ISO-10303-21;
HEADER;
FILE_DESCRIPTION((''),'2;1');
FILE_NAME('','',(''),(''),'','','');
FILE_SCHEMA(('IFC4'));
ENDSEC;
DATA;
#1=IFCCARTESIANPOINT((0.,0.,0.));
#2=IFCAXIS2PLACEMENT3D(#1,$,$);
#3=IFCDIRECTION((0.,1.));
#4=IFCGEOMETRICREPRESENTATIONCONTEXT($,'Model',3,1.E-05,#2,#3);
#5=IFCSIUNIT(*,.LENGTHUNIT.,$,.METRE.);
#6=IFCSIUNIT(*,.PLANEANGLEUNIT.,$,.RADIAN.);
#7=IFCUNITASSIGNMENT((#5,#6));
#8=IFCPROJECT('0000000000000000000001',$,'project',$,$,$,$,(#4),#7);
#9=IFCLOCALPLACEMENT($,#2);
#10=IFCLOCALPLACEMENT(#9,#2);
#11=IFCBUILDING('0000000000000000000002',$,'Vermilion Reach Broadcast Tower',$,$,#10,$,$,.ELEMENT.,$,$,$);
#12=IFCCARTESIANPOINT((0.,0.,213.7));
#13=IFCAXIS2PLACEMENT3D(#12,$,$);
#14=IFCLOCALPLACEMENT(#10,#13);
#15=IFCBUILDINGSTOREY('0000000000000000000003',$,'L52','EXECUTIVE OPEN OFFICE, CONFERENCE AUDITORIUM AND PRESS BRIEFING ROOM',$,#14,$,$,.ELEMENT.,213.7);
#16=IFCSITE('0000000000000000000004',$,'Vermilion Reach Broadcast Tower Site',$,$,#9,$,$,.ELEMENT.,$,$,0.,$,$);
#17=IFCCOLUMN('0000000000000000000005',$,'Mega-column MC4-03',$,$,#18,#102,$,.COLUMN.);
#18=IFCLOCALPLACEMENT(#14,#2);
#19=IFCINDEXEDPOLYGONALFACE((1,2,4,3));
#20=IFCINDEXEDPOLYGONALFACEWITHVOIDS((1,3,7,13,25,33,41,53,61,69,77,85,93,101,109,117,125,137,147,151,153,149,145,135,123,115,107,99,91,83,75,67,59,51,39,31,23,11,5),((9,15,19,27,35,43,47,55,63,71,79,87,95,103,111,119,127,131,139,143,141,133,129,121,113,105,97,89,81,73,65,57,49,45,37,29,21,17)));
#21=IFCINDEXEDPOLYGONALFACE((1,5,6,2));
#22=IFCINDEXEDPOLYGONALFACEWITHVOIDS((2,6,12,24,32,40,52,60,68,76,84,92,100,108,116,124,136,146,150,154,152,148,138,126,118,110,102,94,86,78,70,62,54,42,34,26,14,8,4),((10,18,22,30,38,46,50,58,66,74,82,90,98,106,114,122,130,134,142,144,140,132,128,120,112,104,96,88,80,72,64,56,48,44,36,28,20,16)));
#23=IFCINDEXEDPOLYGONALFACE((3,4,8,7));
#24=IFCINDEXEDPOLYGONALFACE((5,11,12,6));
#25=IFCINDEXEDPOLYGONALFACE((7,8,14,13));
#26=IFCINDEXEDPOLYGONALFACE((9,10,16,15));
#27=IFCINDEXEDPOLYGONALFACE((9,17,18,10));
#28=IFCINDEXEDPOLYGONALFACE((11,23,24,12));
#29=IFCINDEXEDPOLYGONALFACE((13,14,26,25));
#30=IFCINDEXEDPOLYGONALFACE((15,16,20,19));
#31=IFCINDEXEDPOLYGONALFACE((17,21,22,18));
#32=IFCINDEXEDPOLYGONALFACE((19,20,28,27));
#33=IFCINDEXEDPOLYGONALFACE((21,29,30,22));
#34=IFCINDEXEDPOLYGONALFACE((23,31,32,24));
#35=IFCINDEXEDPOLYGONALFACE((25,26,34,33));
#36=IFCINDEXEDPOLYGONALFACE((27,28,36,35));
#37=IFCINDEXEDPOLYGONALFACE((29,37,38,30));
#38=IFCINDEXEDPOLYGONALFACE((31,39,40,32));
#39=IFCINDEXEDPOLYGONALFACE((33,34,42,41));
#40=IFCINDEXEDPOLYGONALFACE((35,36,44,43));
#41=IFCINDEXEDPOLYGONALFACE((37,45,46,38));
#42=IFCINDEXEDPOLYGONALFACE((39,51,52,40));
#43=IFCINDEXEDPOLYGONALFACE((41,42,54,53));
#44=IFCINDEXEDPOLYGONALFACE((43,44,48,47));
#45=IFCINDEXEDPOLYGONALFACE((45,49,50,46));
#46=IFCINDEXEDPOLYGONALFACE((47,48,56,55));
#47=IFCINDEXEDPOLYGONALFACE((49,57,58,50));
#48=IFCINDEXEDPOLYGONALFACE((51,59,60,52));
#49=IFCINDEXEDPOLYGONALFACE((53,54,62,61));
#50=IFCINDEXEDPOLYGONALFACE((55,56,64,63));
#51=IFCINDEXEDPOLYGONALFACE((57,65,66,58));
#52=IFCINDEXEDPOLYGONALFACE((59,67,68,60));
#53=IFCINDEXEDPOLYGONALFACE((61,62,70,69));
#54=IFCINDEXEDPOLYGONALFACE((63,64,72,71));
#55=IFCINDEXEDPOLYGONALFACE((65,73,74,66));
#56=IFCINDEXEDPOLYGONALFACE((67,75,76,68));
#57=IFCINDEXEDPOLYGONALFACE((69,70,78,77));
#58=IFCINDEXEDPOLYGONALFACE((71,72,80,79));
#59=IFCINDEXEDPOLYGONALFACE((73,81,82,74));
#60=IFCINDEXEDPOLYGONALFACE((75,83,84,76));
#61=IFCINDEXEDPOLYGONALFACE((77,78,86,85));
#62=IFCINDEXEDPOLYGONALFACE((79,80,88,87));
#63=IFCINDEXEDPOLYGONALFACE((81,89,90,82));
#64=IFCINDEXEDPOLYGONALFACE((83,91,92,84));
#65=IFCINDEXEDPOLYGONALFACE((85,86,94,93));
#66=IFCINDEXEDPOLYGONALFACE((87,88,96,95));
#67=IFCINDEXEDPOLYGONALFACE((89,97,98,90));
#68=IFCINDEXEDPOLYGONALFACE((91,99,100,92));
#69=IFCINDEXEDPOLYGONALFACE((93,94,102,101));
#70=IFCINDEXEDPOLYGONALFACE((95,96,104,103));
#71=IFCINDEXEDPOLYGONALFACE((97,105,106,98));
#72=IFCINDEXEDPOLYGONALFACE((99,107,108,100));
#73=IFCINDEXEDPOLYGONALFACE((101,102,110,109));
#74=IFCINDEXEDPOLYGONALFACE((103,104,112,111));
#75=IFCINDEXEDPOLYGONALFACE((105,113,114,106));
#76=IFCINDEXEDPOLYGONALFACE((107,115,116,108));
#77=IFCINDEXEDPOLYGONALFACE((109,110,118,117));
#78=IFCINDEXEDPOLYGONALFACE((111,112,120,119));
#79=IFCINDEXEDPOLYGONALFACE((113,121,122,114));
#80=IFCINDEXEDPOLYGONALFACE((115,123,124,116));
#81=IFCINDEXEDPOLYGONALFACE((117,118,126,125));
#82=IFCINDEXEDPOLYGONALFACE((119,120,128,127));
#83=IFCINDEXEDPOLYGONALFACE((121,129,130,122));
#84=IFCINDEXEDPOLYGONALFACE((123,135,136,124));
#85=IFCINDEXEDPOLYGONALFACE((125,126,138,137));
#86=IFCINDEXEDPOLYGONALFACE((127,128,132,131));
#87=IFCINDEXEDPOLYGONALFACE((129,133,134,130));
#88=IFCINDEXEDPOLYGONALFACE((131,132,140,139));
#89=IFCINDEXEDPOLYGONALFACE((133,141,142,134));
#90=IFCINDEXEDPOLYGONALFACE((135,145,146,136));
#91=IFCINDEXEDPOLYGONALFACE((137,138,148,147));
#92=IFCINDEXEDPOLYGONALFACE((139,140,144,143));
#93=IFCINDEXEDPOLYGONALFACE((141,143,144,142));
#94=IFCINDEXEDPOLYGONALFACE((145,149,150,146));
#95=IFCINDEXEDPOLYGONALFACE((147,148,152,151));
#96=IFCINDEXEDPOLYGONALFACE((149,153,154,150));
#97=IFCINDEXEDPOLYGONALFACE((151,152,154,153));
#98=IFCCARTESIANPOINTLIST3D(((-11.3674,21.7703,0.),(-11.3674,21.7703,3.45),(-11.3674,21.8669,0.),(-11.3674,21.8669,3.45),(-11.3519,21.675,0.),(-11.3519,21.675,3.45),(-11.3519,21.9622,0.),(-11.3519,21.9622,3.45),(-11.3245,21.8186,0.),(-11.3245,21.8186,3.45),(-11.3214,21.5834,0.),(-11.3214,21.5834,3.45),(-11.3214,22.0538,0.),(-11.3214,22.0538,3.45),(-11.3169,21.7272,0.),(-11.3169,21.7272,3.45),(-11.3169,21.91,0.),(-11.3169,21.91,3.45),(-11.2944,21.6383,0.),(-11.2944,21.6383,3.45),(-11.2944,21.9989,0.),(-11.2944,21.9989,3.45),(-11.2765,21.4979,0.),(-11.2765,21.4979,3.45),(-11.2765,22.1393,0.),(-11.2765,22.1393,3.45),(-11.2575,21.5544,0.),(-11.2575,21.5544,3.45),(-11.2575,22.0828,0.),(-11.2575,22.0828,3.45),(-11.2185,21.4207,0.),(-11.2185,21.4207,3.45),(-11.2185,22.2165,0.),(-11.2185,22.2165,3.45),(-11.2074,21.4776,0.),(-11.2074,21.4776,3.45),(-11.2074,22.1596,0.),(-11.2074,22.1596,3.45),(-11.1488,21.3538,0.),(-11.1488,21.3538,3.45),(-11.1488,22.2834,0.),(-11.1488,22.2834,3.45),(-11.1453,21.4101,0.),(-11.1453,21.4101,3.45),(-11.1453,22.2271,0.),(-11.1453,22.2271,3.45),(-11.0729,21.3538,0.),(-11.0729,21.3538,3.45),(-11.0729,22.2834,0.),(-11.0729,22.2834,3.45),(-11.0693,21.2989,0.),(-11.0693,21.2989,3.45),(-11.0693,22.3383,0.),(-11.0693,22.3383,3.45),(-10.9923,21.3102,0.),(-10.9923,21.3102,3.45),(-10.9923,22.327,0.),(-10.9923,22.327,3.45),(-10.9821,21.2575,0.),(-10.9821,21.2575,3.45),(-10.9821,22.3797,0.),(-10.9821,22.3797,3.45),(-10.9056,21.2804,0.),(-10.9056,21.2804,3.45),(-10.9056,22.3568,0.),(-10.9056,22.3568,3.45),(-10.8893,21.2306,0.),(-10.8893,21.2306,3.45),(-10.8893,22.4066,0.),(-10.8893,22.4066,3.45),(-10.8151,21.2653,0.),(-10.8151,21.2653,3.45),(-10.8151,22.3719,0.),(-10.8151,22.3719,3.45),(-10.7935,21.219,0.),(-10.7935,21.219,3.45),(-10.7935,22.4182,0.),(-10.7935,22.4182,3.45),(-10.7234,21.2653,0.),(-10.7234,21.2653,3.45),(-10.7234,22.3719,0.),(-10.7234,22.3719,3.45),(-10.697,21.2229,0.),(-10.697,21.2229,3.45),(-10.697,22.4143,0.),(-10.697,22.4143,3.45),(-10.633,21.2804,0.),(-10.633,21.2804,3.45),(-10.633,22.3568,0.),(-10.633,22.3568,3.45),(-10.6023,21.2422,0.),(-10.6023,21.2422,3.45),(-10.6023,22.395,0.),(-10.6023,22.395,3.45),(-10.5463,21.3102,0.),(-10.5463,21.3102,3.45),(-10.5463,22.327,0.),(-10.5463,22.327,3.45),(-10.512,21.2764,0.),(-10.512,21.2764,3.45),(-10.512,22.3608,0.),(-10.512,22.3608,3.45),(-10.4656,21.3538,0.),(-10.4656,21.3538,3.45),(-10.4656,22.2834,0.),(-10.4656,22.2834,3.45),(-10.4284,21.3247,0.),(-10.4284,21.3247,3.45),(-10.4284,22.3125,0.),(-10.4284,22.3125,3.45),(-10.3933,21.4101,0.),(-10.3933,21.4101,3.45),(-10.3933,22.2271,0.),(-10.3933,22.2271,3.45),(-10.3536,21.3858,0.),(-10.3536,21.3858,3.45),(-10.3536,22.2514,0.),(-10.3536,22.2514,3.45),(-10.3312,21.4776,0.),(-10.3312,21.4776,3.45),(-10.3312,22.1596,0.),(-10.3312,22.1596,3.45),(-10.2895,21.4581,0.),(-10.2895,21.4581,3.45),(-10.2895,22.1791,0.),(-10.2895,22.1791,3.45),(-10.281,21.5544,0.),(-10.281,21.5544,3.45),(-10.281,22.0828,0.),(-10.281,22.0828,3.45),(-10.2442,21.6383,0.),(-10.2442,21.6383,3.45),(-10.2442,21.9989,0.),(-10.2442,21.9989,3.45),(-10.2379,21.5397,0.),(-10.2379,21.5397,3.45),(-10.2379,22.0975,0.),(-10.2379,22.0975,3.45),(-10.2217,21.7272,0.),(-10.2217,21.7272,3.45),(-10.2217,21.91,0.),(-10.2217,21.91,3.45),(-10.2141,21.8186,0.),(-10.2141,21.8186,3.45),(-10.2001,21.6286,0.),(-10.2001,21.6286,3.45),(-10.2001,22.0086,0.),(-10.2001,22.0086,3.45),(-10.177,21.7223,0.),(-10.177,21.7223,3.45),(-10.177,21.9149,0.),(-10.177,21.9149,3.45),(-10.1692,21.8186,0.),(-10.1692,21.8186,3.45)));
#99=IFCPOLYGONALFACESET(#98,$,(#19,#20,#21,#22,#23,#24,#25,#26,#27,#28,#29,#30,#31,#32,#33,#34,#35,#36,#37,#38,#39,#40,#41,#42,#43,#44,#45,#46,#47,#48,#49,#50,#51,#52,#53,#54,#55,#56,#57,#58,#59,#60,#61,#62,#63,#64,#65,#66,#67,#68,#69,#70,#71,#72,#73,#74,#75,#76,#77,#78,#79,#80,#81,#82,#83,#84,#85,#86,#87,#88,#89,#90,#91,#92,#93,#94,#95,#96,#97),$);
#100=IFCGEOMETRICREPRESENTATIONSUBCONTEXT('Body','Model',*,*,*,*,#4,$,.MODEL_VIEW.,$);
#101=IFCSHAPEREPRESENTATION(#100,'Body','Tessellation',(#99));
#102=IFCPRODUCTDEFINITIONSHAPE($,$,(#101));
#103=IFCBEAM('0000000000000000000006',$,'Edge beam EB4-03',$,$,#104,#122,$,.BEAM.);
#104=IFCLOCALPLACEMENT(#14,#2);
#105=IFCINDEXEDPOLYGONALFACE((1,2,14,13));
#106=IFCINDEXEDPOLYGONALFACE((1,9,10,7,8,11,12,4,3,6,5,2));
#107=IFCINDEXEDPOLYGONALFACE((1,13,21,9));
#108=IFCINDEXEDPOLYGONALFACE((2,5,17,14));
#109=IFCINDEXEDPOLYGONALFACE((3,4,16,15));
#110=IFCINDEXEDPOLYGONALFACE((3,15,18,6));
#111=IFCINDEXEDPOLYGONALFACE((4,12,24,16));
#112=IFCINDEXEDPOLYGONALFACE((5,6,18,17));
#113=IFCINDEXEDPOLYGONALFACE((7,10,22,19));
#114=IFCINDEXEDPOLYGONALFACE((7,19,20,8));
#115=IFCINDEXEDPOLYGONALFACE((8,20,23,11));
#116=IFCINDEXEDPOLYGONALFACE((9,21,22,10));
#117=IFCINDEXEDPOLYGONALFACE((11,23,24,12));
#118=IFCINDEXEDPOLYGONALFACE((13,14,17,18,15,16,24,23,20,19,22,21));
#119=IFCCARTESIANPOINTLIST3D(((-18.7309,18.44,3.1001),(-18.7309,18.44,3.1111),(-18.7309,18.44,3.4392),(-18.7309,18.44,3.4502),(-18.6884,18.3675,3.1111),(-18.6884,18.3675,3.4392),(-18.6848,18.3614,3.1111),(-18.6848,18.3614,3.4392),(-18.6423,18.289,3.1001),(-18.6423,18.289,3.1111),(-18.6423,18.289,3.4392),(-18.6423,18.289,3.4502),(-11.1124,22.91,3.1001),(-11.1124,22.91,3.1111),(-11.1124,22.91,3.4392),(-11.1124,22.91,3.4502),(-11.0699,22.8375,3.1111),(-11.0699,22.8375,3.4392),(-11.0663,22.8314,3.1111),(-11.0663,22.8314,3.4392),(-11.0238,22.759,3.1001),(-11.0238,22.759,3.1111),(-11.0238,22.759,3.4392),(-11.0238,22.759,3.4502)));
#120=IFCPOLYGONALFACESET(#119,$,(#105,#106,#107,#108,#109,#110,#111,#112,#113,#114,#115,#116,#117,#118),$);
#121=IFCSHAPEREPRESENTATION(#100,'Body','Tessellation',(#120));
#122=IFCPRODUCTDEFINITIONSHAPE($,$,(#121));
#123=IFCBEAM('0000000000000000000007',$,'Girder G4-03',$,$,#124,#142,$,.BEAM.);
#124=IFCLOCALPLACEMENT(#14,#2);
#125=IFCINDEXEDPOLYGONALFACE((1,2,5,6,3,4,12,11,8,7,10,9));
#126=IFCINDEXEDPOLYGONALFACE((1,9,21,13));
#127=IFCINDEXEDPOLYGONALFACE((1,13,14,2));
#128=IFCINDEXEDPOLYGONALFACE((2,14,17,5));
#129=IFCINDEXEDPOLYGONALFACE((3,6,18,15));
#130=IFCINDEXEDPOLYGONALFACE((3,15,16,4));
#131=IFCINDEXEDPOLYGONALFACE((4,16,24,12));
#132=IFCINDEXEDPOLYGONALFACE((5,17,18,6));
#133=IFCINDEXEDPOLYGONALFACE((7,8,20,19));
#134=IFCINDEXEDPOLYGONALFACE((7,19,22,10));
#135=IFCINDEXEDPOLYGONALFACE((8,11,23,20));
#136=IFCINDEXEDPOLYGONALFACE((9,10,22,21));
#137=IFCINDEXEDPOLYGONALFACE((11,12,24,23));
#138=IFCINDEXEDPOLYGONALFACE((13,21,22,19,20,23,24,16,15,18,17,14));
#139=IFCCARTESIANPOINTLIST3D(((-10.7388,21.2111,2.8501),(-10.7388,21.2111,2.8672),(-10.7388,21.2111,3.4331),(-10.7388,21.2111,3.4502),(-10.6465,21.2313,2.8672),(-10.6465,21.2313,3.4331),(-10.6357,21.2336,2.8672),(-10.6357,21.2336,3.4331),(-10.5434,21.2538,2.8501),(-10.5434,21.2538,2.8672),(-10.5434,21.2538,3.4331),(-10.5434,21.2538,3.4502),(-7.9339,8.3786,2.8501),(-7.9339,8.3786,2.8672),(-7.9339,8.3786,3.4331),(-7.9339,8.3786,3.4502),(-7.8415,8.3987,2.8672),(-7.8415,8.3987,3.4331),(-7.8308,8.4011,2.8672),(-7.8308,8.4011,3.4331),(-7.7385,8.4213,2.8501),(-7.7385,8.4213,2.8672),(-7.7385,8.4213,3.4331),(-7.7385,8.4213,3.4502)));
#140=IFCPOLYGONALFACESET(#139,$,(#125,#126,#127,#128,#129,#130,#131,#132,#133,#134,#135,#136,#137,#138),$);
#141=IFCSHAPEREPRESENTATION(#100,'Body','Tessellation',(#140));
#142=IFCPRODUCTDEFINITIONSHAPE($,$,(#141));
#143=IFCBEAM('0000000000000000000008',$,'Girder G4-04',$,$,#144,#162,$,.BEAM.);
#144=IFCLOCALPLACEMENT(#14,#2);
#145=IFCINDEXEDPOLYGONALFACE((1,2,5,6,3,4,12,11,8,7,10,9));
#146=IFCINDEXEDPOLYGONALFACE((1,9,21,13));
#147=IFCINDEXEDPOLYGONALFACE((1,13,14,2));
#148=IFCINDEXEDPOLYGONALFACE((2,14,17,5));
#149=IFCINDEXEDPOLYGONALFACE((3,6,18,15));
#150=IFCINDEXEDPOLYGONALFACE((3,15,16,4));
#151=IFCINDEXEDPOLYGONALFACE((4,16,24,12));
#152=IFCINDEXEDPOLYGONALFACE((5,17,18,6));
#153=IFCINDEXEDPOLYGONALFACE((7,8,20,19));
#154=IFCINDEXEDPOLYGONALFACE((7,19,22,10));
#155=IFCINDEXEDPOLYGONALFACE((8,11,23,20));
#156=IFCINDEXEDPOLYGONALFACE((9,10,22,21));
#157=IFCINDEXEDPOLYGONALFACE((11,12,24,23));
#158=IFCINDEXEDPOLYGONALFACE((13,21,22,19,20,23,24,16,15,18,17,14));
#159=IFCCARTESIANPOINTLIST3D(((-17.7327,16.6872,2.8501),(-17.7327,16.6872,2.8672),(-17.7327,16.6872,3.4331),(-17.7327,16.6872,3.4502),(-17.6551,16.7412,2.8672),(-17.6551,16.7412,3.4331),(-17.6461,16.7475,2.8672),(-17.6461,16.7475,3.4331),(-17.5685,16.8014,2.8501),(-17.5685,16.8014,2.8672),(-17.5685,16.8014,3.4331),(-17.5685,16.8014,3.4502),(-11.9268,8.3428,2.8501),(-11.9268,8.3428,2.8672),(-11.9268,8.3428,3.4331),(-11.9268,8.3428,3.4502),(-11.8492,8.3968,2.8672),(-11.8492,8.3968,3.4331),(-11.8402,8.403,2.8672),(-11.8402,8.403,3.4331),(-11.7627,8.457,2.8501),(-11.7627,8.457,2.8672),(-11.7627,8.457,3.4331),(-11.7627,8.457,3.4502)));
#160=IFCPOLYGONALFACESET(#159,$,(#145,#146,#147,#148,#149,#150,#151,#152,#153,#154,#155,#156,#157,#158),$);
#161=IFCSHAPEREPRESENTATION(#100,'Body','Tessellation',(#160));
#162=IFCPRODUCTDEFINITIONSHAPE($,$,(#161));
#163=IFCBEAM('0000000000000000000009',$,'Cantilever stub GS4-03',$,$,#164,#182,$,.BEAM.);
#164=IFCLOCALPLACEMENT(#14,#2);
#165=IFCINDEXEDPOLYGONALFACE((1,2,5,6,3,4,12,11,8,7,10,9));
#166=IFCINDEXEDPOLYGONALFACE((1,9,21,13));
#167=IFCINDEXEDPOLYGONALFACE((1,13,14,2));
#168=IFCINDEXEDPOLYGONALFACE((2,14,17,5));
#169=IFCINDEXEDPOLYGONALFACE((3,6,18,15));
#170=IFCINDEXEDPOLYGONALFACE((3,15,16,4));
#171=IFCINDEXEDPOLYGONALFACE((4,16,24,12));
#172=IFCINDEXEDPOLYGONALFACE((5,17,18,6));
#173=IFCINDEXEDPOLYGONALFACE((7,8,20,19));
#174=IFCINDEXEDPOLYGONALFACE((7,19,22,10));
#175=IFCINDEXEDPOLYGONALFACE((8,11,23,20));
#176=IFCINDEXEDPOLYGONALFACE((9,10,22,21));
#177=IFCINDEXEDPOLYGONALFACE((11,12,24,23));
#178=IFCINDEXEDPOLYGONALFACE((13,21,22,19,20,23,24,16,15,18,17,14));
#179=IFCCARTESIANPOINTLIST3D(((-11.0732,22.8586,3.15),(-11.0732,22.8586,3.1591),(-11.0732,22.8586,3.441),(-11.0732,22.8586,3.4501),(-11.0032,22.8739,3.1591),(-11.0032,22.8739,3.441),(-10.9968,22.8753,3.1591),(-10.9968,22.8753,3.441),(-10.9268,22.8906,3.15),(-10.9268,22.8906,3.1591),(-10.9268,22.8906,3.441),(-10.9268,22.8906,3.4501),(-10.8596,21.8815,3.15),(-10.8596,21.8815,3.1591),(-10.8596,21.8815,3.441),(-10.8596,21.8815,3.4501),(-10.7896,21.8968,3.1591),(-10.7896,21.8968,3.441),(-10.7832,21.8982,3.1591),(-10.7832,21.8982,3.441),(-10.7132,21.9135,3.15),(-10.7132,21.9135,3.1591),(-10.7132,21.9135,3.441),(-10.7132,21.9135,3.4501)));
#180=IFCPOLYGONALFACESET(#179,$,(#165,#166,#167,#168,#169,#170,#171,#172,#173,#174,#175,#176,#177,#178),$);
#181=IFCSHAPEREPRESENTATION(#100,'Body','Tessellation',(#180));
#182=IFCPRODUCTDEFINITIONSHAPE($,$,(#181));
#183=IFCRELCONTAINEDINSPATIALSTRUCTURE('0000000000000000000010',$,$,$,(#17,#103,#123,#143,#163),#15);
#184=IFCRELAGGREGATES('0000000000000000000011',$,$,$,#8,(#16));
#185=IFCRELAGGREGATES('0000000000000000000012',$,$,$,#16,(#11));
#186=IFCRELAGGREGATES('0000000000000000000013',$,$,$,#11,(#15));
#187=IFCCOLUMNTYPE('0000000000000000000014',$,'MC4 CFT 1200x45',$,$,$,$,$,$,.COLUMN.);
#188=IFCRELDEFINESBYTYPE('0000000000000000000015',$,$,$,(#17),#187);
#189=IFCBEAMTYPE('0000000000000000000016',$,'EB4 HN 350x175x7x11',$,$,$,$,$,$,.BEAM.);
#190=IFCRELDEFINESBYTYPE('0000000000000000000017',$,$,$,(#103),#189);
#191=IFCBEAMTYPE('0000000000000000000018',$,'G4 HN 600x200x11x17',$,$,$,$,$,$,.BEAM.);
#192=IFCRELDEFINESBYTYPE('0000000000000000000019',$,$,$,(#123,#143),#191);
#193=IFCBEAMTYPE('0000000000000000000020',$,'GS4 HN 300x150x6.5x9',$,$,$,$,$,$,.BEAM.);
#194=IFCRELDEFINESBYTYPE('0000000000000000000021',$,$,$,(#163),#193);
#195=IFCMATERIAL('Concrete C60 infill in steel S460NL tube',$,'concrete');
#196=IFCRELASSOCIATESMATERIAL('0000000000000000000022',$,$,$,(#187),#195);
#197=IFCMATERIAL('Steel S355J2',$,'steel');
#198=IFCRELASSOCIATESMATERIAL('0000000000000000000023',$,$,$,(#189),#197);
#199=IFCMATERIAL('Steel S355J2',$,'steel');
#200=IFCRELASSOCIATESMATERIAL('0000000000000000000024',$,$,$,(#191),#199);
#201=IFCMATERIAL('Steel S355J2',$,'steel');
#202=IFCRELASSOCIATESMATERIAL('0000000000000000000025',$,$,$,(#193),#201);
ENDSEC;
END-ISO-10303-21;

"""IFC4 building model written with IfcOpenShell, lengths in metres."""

from ifc_helpers import new_model, si_unit, direction, frame, origin, origin_2d, place, context, subcontext, project, spatial, hollow_circle, i_section, extrude, material, material_profile, profile_set, type_object, element, save


model = new_model("IFC4")

# Units and contexts
model_context = context("Model", 3, precision=1e-05, world=origin(), true_north=direction((0.0, 1.0)))
body_context = subcontext(model_context, "Body", "Model", "MODEL_VIEW")
ifc_project = project(units=[si_unit("LENGTHUNIT", "METRE"), si_unit("PLANEANGLEUNIT", "RADIAN")], contexts=[model_context])

# Site, building, storey
site_placement = place(None, origin())
site = spatial("IfcSite", under=ifc_project, at=site_placement, Name="Vermilion Reach Broadcast Tower Site", CompositionType="ELEMENT", RefElevation=0.0)
building_placement = place(site_placement, origin())
building = spatial("IfcBuilding", under=site, at=building_placement, Name="Vermilion Reach Broadcast Tower", CompositionType="ELEMENT")
storey_placement = place(building_placement, frame((0.0, 0.0, 213.7)))
storey = spatial("IfcBuildingStorey", under=building, at=storey_placement, Name="L52", Description="EXECUTIVE OPEN OFFICE, CONFERENCE AUDITORIUM AND PRESS BRIEFING ROOM", CompositionType="ELEMENT", Elevation=213.7)

# Column
ifc_material_1 = material(Name="Concrete C60 infill in steel S460NL tube", Category="concrete")
ifc_material_profile_1 = material_profile(ifc_material_1, hollow_circle(Radius=0.6001, WallThickness=0.0449, at=origin_2d()), Name="Concrete C60 infill in steel S460NL tube CFT 1200x45")
ifc_profile_set_1 = profile_set([ifc_material_profile_1], Name="Concrete C60 infill in steel S460NL tube")
column_type = type_object("IfcColumnType", Name="MC4 CFT 1200x45", PredefinedType="COLUMN", material=ifc_profile_set_1)
column_placement = place(storey_placement, frame((-10.7693, 21.8186, 0.0), z_axis=(0.0, 0.0, 1.0), x_axis=(1.0, 0.0, 0.0)))
element("IfcColumn", 1, at=column_placement, inside=storey, type_object=column_type, Name="Mega-column MC4-03", PredefinedType="COLUMN", context=body_context, shape_type="SweptSolid", body=[
    extrude(hollow_circle(Radius=0.6001, WallThickness=0.0449, at=origin_2d()), origin(), (0.0, 0.0, 1.0), 3.45),
])

# Beams
ifc_material_2 = material(Name="Steel S355J2", Category="steel")
ifc_material_profile_2 = material_profile(ifc_material_2, i_section(OverallWidth=0.175, OverallDepth=0.3501, WebThickness=0.0071, FlangeThickness=0.011, at=origin_2d()), Name="S355J2 HN 350x175x7x11")
ifc_profile_set_2 = profile_set([ifc_material_profile_2], Name="Steel S355J2")
beam_type_1 = type_object("IfcBeamType", Name="EB4 HN 350x175x7x11", PredefinedType="BEAM", material=ifc_profile_set_2)
beam_1_placement = place(storey_placement, frame((-11.0681, 22.8345, 3.2751), z_axis=(-0.8625, -0.506057, 0.0), x_axis=(0.506057, -0.8625, 0.0)))
element("IfcBeam", 2, at=beam_1_placement, inside=storey, type_object=beam_type_1, Name="Edge beam EB4-03", PredefinedType="BEAM", context=body_context, shape_type="SweptSolid", body=[
    extrude(i_section(OverallWidth=0.175, OverallDepth=0.3501, WebThickness=0.0071, FlangeThickness=0.011, at=origin_2d()), origin(), (0.0, 0.0, 1.0), 8.833),
])
ifc_material_3 = material(Name="Steel S355J2", Category="steel")
ifc_material_profile_3 = material_profile(ifc_material_3, i_section(OverallWidth=0.2, OverallDepth=0.6001, WebThickness=0.011, FlangeThickness=0.0171, at=origin_2d()), Name="S355J2 HN 600x200x11x17")
ifc_profile_set_3 = profile_set([ifc_material_profile_3], Name="Steel S355J2")
beam_type_2 = type_object("IfcBeamType", Name="G4 HN 600x200x11x17", PredefinedType="BEAM", material=ifc_profile_set_3)
beam_2_placement = place(storey_placement, frame((-7.8362, 8.3999, 3.1501), z_axis=(-0.213538, 0.976935, 0.0), x_axis=(-0.976935, -0.213538, 0.0)))
element("IfcBeam", 3, at=beam_2_placement, inside=storey, type_object=beam_type_2, Name="Girder G4-03", PredefinedType="BEAM", context=body_context, shape_type="SweptSolid", body=[
    extrude(i_section(OverallWidth=0.2, OverallDepth=0.6001, WebThickness=0.011, FlangeThickness=0.0171, at=origin_2d()), origin(), (0.0, 0.0, 1.0), 13.1355),
])
beam_3_placement = place(storey_placement, frame((-11.8447, 8.3999, 3.1501), z_axis=(-0.571134, 0.820857, 0.0), x_axis=(-0.820857, -0.571134, 0.0)))
element("IfcBeam", 4, at=beam_3_placement, inside=storey, type_object=beam_type_2, Name="Girder G4-04", PredefinedType="BEAM", context=body_context, shape_type="SweptSolid", body=[
    extrude(i_section(OverallWidth=0.2, OverallDepth=0.6001, WebThickness=0.011, FlangeThickness=0.0171, at=origin_2d()), origin(), (0.0, 0.0, 1.0), 10.1655),
])
ifc_material_4 = material(Name="Steel S355J2", Category="steel")
ifc_material_profile_4 = material_profile(ifc_material_4, i_section(OverallWidth=0.1499, OverallDepth=0.3, WebThickness=0.0066, FlangeThickness=0.009, at=origin_2d()), Name="S355J2 HN 300x150x6.5x9")
ifc_profile_set_4 = profile_set([ifc_material_profile_4], Name="Steel S355J2")
beam_type_3 = type_object("IfcBeamType", Name="GS4 HN 300x150x6.5x9", PredefinedType="BEAM", material=ifc_profile_set_4)
beam_4_placement = place(storey_placement, frame((-10.7864, 21.8975, 3.3), z_axis=(-0.213595, 0.976922, 0.0), x_axis=(-0.976922, -0.213595, 0.0)))
element("IfcBeam", 5, at=beam_4_placement, inside=storey, type_object=beam_type_3, Name="Cantilever stub GS4-03", PredefinedType="BEAM", context=body_context, shape_type="SweptSolid", body=[
    extrude(i_section(OverallWidth=0.1499, OverallDepth=0.3, WebThickness=0.0066, FlangeThickness=0.009, at=origin_2d()), origin(), (0.0, 0.0, 1.0), 1.0002),
])

save(model, "model.ifc")
